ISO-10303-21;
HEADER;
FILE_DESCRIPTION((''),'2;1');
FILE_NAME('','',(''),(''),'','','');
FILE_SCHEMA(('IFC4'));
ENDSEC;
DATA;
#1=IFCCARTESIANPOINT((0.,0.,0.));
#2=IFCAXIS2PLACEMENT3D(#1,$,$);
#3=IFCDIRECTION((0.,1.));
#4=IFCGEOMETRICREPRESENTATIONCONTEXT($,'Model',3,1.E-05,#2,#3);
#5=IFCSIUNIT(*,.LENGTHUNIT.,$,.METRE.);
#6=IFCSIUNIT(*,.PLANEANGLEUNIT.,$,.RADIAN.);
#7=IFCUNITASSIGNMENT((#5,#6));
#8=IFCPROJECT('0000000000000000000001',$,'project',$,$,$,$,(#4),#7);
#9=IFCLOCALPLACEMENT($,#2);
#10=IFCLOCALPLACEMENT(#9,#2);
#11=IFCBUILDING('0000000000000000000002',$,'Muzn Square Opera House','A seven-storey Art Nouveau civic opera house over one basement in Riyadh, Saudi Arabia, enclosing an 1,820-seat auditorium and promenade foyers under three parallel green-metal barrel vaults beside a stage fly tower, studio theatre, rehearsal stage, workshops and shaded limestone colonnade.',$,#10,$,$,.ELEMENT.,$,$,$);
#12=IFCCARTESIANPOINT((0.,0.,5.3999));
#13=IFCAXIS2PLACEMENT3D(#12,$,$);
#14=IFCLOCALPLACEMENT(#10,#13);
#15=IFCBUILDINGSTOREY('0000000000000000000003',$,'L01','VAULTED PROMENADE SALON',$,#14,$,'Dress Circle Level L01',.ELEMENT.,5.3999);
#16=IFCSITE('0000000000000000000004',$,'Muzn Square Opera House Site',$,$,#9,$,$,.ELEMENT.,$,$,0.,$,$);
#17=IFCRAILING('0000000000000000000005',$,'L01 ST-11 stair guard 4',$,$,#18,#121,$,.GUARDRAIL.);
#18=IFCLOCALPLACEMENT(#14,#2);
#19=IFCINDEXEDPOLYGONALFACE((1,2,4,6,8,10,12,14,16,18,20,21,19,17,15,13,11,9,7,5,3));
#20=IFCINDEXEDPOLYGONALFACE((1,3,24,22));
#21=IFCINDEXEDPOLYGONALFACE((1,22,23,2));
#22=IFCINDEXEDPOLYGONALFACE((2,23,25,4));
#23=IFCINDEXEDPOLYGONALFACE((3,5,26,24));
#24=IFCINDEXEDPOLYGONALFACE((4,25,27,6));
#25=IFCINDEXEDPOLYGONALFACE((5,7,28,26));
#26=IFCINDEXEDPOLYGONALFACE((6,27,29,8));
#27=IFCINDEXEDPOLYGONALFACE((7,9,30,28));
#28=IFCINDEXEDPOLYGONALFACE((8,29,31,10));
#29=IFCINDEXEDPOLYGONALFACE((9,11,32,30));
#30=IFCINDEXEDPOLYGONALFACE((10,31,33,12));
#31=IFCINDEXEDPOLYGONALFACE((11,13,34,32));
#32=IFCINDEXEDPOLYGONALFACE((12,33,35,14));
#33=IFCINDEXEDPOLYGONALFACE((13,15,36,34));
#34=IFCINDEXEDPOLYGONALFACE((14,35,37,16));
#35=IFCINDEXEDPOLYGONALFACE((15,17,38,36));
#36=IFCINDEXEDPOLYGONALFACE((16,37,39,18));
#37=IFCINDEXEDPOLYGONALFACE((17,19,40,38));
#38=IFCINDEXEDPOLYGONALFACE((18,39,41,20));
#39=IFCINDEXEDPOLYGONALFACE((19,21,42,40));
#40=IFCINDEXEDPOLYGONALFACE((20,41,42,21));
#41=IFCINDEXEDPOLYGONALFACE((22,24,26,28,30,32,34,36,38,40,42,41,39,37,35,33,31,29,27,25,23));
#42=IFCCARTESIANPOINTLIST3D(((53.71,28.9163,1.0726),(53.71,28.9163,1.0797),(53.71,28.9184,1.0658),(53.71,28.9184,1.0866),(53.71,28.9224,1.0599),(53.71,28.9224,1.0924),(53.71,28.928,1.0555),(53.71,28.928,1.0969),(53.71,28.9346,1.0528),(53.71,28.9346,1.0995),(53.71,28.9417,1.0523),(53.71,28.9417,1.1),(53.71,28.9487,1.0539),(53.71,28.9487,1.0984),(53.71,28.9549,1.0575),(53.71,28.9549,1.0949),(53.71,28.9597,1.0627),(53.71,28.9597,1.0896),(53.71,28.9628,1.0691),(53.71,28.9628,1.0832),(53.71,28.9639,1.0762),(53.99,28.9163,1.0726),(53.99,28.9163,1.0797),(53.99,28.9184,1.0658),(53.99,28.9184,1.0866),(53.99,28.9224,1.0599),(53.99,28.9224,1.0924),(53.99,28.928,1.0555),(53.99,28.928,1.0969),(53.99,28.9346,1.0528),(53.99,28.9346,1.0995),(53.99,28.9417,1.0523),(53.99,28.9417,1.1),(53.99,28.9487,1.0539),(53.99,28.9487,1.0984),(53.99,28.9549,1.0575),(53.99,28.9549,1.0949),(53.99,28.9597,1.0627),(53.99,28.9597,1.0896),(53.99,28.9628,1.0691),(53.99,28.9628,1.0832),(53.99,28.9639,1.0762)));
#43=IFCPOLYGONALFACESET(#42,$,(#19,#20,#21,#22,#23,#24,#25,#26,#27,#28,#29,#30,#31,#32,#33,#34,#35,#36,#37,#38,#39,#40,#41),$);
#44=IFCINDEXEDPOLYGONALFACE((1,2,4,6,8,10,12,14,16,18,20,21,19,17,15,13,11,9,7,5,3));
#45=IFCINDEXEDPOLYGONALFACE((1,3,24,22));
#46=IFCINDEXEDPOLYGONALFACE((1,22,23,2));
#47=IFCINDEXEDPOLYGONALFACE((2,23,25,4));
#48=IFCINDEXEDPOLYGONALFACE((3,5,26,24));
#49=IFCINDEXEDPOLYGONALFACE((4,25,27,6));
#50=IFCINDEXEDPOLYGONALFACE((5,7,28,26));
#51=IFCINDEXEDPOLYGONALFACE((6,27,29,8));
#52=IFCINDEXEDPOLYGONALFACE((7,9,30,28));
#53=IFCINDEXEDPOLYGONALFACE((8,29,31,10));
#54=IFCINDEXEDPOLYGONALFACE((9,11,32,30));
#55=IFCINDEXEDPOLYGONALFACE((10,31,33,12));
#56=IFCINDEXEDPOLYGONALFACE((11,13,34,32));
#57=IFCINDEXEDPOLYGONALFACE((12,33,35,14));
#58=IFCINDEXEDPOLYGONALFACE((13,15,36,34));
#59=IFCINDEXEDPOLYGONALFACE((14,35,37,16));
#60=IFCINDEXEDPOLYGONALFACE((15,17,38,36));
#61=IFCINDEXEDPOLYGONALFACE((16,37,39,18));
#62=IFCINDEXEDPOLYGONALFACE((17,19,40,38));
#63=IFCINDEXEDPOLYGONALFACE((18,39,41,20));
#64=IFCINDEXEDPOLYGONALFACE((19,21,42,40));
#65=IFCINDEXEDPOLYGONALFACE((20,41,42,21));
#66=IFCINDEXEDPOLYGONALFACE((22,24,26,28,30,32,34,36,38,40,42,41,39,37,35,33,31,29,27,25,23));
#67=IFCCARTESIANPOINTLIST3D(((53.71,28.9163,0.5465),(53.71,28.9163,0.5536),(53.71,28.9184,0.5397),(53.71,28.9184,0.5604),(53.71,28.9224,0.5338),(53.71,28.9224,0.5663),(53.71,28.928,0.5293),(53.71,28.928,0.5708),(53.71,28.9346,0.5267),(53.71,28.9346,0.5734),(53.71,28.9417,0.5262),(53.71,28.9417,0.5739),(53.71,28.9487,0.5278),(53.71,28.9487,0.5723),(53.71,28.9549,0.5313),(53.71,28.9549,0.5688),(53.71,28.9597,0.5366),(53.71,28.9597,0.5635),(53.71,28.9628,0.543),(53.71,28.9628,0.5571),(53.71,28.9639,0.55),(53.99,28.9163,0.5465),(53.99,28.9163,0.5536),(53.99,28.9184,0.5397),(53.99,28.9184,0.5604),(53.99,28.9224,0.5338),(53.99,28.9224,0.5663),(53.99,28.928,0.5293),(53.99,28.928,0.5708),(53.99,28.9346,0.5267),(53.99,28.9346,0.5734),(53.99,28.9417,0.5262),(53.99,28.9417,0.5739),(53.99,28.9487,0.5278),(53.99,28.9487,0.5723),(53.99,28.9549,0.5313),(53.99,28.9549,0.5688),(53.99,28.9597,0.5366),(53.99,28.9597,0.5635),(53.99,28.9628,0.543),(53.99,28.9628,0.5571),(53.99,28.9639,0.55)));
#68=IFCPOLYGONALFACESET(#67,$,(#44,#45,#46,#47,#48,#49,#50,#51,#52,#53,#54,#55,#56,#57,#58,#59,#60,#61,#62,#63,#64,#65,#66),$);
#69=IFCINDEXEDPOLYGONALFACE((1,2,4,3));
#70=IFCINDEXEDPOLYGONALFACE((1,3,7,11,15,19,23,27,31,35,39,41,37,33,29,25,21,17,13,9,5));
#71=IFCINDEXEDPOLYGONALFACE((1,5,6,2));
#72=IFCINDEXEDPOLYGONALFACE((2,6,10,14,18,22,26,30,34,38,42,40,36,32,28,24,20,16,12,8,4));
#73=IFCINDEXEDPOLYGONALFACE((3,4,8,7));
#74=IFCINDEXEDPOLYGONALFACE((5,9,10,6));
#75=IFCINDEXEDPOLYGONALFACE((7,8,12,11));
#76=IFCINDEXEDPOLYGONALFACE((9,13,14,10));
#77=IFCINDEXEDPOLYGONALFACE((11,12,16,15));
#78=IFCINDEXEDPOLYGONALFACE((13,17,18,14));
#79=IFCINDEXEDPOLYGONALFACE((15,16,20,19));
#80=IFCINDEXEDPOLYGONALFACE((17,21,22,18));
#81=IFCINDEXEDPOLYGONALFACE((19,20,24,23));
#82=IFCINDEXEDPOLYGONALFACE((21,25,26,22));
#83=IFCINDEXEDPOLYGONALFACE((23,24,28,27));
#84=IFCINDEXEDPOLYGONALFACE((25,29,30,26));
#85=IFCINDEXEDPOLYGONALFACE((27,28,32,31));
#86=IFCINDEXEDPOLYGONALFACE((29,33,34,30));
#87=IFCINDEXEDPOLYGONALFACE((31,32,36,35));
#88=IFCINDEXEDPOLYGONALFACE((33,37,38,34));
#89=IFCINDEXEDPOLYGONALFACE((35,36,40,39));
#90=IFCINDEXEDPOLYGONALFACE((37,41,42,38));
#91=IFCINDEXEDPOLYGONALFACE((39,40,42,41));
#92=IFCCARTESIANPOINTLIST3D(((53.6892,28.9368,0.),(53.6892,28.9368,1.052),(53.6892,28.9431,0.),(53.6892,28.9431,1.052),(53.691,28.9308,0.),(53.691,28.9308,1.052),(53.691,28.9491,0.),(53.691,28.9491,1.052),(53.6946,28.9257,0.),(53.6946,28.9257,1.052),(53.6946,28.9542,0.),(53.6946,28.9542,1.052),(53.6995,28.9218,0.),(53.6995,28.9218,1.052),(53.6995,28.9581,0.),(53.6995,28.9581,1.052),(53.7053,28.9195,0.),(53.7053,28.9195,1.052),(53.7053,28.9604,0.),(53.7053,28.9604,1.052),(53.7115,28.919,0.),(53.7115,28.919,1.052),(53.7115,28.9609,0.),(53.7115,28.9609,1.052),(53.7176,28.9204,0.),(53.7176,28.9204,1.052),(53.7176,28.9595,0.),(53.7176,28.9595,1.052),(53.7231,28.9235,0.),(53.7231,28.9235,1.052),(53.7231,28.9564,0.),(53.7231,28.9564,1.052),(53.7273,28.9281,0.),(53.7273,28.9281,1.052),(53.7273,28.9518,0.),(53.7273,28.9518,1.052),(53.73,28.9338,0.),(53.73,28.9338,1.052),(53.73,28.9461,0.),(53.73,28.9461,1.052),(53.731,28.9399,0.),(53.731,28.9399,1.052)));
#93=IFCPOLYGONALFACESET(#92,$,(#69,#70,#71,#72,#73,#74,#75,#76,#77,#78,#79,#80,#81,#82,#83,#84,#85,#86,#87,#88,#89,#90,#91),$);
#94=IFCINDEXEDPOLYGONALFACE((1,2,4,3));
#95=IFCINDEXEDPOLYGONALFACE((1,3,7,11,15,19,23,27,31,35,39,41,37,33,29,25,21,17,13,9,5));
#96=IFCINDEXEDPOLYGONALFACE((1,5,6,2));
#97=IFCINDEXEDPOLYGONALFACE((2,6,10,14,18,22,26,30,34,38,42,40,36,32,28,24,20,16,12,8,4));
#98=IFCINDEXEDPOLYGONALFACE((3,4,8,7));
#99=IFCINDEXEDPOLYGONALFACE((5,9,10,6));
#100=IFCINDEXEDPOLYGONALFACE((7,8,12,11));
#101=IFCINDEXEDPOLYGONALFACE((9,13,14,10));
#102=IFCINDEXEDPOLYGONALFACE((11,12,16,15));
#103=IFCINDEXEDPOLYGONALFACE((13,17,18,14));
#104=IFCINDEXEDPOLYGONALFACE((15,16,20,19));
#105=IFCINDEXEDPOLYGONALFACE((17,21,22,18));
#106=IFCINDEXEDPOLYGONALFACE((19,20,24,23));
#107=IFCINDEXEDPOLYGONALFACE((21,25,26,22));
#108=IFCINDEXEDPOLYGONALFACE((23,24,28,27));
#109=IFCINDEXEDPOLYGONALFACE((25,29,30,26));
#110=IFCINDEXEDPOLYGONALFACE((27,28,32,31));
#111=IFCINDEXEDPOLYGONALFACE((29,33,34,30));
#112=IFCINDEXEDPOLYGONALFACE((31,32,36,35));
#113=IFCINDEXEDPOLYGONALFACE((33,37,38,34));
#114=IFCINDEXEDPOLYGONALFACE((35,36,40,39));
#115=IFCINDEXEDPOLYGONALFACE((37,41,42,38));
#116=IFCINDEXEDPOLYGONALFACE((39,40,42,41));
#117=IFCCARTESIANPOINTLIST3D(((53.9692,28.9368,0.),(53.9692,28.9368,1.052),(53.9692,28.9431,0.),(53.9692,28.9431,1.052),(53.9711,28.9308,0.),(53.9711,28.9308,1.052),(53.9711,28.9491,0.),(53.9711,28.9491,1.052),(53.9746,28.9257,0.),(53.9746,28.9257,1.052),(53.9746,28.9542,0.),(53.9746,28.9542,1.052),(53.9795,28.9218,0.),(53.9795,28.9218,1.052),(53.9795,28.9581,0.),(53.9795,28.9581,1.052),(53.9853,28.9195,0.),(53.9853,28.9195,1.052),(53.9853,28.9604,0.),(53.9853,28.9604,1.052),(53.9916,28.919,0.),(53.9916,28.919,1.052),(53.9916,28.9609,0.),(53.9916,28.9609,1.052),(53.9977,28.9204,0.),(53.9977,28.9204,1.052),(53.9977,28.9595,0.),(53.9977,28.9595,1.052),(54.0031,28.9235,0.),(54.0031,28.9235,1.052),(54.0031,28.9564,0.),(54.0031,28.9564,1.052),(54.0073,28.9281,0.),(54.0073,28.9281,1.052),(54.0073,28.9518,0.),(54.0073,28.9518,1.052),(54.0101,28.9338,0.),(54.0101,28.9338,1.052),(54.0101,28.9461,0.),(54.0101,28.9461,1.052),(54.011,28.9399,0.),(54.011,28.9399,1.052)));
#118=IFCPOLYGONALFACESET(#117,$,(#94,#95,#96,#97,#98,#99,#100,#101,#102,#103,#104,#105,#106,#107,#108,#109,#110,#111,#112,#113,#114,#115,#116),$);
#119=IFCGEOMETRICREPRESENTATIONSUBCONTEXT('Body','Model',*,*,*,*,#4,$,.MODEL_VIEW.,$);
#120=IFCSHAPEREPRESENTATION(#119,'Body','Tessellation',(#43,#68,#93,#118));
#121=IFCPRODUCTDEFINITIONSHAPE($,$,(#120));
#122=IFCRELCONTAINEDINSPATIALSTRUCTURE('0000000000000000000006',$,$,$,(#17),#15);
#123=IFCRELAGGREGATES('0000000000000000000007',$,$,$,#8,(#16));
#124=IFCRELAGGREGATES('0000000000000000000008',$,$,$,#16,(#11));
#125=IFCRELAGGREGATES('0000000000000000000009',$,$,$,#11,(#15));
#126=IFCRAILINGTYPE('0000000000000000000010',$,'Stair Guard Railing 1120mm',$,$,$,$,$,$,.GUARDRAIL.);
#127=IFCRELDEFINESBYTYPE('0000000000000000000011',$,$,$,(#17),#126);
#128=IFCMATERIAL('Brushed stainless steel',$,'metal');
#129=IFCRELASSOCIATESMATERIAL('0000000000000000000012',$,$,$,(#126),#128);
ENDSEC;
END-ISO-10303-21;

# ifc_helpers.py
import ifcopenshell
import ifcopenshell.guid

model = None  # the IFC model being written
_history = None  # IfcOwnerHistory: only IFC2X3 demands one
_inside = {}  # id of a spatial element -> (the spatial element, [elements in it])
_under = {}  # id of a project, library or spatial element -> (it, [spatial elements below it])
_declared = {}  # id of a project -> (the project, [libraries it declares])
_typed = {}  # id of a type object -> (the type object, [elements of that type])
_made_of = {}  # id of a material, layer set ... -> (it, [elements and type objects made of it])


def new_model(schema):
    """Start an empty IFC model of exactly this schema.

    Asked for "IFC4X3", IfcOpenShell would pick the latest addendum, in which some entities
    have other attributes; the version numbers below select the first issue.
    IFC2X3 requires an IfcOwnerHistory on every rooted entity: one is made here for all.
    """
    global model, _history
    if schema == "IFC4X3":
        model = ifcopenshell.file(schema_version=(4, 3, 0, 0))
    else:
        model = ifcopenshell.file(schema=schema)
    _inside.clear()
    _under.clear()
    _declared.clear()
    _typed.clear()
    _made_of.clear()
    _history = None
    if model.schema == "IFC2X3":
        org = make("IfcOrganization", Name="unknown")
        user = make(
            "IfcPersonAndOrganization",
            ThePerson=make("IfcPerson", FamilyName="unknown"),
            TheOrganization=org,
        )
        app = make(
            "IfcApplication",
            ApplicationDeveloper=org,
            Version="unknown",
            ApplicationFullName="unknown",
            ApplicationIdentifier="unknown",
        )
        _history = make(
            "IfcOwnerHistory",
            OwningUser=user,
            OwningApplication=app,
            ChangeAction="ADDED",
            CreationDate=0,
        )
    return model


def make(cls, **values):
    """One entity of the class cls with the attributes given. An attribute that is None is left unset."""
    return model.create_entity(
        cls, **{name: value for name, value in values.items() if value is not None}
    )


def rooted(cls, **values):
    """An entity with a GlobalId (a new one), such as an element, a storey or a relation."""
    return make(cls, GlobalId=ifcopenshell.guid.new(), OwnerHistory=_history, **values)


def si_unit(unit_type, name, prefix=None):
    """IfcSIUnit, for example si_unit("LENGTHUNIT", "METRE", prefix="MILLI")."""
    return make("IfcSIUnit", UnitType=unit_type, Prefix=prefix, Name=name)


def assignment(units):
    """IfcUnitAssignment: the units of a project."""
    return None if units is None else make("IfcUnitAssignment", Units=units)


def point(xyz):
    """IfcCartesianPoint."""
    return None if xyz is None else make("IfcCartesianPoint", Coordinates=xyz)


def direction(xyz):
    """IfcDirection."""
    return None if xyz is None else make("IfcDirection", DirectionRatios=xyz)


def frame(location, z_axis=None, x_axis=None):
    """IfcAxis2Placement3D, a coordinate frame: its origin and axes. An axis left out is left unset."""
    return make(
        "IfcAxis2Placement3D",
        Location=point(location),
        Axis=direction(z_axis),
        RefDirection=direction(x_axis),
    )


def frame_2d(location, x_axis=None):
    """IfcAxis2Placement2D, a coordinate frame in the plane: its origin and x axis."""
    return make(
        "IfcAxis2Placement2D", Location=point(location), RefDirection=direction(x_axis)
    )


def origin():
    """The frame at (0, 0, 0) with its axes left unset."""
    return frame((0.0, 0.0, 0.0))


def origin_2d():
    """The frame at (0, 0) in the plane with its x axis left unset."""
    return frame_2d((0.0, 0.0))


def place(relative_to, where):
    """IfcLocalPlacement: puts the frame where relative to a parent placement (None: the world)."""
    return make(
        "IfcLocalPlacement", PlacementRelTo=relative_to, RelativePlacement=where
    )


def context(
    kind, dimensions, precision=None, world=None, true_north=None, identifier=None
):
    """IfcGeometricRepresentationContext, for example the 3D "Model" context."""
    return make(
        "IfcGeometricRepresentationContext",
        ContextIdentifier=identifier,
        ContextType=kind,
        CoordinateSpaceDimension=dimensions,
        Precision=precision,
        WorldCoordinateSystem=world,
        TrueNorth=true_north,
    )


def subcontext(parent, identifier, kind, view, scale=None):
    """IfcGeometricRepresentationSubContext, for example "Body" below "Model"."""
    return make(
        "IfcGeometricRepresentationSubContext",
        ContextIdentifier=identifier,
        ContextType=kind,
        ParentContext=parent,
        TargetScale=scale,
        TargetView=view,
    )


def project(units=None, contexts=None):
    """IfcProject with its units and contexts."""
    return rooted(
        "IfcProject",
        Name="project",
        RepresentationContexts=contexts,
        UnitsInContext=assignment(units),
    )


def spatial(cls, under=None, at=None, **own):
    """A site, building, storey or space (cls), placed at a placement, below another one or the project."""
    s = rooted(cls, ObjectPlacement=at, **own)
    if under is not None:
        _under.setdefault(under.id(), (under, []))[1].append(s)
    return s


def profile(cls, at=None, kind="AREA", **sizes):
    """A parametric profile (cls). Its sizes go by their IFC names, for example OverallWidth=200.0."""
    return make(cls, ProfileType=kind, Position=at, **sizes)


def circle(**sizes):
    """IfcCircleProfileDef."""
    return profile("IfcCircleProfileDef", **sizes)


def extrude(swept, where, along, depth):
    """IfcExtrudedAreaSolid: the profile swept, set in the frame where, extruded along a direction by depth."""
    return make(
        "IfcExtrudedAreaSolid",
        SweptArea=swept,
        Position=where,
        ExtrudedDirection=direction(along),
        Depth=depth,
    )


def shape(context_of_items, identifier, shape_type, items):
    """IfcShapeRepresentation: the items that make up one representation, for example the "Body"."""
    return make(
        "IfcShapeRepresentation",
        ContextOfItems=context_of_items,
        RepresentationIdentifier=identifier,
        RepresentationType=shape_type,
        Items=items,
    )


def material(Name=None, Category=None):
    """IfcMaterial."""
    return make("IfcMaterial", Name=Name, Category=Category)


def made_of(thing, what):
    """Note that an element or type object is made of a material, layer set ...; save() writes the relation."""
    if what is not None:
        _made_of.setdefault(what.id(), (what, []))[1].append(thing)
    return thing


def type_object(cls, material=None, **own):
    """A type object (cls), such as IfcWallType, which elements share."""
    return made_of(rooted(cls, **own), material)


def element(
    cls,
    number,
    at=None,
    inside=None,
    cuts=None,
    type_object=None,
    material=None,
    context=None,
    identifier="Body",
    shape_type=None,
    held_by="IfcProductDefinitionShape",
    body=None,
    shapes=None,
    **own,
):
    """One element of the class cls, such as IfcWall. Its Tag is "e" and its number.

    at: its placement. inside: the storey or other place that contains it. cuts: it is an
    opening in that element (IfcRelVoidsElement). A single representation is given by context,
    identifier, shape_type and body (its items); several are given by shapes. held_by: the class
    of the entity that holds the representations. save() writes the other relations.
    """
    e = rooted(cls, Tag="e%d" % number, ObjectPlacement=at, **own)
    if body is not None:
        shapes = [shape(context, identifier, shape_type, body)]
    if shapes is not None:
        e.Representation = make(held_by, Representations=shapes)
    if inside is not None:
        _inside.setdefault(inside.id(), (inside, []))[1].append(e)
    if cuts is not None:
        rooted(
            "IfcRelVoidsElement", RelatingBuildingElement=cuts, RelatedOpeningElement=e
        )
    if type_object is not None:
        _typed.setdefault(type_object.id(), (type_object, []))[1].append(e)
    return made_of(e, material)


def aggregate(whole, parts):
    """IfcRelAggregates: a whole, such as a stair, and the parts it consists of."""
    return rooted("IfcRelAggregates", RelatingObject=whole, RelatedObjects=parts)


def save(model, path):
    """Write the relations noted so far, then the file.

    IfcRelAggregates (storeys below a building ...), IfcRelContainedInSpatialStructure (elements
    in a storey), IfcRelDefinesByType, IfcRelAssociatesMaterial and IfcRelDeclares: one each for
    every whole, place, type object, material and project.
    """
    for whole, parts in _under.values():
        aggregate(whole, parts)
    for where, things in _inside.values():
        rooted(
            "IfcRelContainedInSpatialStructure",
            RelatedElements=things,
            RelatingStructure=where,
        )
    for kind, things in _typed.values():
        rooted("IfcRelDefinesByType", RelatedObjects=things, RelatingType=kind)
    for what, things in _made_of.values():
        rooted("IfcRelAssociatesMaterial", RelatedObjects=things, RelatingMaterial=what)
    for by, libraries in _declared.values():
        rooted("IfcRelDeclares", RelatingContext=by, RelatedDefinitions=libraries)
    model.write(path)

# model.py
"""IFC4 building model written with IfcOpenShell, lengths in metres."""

from ifc_helpers import new_model, si_unit, direction, frame, origin, origin_2d, place, context, subcontext, project, spatial, circle, extrude, material, type_object, element, save


model = new_model("IFC4")

# Units and contexts
model_context = context("Model", 3, precision=1e-05, world=origin(), true_north=direction((0.0, 1.0)))
body_context = subcontext(model_context, "Body", "Model", "MODEL_VIEW")
ifc_project = project(units=[si_unit("LENGTHUNIT", "METRE"), si_unit("PLANEANGLEUNIT", "RADIAN")], contexts=[model_context])

# Site, building, storey
site_placement = place(None, origin())
site = spatial("IfcSite", under=ifc_project, at=site_placement, Name="Muzn Square Opera House Site", CompositionType="ELEMENT", RefElevation=0.0)
building_placement = place(site_placement, origin())
building = spatial("IfcBuilding", under=site, at=building_placement, Name="Muzn Square Opera House", Description="A seven-storey Art Nouveau civic opera house over one basement in Riyadh, Saudi Arabia, enclosing an 1,820-seat auditorium and promenade foyers under three parallel green-metal barrel vaults beside a stage fly tower, studio theatre, rehearsal stage, workshops and shaded limestone colonnade.", CompositionType="ELEMENT")
storey_placement = place(building_placement, frame((0.0, 0.0, 5.3999)))
storey = spatial("IfcBuildingStorey", under=building, at=storey_placement, Name="L01", Description="VAULTED PROMENADE SALON", LongName="Dress Circle Level L01", CompositionType="ELEMENT", Elevation=5.3999)

# Shared definitions
ifc_material_1 = material(Name="Brushed stainless steel", Category="metal")

# Railing
railing_type_1 = type_object("IfcRailingType", Name="Stair Guard Railing 1120mm", PredefinedType="GUARDRAIL", material=ifc_material_1)
railing_1_placement = place(storey_placement, frame((53.71, 28.9399, 0.0)))
element("IfcRailing", 1, at=railing_1_placement, inside=storey, type_object=railing_type_1, Name="L01 ST-11 stair guard 4", PredefinedType="GUARDRAIL", context=body_context, shape_type="SweptSolid", body=[
    extrude(circle(Radius=0.0239, at=origin_2d()), frame((0.0, 0.0, 1.0762), z_axis=(1.0, 0.0, 0.0), x_axis=(0.0, 1.0, 0.0)), (0.0, 0.0, 1.0), 0.28),
    extrude(circle(Radius=0.0239, at=origin_2d()), frame((0.0, 0.0, 0.55), z_axis=(1.0, 0.0, 0.0), x_axis=(0.0, 1.0, 0.0)), (0.0, 0.0, 1.0), 0.28),
    extrude(circle(Radius=0.021, at=origin_2d()), origin(), (0.0, 0.0, 1.0), 1.052),
    extrude(circle(Radius=0.021, at=origin_2d()), frame((0.28, 0.0, 0.0)), (0.0, 0.0, 1.0), 1.052),
])

save(model, "model.ifc")
